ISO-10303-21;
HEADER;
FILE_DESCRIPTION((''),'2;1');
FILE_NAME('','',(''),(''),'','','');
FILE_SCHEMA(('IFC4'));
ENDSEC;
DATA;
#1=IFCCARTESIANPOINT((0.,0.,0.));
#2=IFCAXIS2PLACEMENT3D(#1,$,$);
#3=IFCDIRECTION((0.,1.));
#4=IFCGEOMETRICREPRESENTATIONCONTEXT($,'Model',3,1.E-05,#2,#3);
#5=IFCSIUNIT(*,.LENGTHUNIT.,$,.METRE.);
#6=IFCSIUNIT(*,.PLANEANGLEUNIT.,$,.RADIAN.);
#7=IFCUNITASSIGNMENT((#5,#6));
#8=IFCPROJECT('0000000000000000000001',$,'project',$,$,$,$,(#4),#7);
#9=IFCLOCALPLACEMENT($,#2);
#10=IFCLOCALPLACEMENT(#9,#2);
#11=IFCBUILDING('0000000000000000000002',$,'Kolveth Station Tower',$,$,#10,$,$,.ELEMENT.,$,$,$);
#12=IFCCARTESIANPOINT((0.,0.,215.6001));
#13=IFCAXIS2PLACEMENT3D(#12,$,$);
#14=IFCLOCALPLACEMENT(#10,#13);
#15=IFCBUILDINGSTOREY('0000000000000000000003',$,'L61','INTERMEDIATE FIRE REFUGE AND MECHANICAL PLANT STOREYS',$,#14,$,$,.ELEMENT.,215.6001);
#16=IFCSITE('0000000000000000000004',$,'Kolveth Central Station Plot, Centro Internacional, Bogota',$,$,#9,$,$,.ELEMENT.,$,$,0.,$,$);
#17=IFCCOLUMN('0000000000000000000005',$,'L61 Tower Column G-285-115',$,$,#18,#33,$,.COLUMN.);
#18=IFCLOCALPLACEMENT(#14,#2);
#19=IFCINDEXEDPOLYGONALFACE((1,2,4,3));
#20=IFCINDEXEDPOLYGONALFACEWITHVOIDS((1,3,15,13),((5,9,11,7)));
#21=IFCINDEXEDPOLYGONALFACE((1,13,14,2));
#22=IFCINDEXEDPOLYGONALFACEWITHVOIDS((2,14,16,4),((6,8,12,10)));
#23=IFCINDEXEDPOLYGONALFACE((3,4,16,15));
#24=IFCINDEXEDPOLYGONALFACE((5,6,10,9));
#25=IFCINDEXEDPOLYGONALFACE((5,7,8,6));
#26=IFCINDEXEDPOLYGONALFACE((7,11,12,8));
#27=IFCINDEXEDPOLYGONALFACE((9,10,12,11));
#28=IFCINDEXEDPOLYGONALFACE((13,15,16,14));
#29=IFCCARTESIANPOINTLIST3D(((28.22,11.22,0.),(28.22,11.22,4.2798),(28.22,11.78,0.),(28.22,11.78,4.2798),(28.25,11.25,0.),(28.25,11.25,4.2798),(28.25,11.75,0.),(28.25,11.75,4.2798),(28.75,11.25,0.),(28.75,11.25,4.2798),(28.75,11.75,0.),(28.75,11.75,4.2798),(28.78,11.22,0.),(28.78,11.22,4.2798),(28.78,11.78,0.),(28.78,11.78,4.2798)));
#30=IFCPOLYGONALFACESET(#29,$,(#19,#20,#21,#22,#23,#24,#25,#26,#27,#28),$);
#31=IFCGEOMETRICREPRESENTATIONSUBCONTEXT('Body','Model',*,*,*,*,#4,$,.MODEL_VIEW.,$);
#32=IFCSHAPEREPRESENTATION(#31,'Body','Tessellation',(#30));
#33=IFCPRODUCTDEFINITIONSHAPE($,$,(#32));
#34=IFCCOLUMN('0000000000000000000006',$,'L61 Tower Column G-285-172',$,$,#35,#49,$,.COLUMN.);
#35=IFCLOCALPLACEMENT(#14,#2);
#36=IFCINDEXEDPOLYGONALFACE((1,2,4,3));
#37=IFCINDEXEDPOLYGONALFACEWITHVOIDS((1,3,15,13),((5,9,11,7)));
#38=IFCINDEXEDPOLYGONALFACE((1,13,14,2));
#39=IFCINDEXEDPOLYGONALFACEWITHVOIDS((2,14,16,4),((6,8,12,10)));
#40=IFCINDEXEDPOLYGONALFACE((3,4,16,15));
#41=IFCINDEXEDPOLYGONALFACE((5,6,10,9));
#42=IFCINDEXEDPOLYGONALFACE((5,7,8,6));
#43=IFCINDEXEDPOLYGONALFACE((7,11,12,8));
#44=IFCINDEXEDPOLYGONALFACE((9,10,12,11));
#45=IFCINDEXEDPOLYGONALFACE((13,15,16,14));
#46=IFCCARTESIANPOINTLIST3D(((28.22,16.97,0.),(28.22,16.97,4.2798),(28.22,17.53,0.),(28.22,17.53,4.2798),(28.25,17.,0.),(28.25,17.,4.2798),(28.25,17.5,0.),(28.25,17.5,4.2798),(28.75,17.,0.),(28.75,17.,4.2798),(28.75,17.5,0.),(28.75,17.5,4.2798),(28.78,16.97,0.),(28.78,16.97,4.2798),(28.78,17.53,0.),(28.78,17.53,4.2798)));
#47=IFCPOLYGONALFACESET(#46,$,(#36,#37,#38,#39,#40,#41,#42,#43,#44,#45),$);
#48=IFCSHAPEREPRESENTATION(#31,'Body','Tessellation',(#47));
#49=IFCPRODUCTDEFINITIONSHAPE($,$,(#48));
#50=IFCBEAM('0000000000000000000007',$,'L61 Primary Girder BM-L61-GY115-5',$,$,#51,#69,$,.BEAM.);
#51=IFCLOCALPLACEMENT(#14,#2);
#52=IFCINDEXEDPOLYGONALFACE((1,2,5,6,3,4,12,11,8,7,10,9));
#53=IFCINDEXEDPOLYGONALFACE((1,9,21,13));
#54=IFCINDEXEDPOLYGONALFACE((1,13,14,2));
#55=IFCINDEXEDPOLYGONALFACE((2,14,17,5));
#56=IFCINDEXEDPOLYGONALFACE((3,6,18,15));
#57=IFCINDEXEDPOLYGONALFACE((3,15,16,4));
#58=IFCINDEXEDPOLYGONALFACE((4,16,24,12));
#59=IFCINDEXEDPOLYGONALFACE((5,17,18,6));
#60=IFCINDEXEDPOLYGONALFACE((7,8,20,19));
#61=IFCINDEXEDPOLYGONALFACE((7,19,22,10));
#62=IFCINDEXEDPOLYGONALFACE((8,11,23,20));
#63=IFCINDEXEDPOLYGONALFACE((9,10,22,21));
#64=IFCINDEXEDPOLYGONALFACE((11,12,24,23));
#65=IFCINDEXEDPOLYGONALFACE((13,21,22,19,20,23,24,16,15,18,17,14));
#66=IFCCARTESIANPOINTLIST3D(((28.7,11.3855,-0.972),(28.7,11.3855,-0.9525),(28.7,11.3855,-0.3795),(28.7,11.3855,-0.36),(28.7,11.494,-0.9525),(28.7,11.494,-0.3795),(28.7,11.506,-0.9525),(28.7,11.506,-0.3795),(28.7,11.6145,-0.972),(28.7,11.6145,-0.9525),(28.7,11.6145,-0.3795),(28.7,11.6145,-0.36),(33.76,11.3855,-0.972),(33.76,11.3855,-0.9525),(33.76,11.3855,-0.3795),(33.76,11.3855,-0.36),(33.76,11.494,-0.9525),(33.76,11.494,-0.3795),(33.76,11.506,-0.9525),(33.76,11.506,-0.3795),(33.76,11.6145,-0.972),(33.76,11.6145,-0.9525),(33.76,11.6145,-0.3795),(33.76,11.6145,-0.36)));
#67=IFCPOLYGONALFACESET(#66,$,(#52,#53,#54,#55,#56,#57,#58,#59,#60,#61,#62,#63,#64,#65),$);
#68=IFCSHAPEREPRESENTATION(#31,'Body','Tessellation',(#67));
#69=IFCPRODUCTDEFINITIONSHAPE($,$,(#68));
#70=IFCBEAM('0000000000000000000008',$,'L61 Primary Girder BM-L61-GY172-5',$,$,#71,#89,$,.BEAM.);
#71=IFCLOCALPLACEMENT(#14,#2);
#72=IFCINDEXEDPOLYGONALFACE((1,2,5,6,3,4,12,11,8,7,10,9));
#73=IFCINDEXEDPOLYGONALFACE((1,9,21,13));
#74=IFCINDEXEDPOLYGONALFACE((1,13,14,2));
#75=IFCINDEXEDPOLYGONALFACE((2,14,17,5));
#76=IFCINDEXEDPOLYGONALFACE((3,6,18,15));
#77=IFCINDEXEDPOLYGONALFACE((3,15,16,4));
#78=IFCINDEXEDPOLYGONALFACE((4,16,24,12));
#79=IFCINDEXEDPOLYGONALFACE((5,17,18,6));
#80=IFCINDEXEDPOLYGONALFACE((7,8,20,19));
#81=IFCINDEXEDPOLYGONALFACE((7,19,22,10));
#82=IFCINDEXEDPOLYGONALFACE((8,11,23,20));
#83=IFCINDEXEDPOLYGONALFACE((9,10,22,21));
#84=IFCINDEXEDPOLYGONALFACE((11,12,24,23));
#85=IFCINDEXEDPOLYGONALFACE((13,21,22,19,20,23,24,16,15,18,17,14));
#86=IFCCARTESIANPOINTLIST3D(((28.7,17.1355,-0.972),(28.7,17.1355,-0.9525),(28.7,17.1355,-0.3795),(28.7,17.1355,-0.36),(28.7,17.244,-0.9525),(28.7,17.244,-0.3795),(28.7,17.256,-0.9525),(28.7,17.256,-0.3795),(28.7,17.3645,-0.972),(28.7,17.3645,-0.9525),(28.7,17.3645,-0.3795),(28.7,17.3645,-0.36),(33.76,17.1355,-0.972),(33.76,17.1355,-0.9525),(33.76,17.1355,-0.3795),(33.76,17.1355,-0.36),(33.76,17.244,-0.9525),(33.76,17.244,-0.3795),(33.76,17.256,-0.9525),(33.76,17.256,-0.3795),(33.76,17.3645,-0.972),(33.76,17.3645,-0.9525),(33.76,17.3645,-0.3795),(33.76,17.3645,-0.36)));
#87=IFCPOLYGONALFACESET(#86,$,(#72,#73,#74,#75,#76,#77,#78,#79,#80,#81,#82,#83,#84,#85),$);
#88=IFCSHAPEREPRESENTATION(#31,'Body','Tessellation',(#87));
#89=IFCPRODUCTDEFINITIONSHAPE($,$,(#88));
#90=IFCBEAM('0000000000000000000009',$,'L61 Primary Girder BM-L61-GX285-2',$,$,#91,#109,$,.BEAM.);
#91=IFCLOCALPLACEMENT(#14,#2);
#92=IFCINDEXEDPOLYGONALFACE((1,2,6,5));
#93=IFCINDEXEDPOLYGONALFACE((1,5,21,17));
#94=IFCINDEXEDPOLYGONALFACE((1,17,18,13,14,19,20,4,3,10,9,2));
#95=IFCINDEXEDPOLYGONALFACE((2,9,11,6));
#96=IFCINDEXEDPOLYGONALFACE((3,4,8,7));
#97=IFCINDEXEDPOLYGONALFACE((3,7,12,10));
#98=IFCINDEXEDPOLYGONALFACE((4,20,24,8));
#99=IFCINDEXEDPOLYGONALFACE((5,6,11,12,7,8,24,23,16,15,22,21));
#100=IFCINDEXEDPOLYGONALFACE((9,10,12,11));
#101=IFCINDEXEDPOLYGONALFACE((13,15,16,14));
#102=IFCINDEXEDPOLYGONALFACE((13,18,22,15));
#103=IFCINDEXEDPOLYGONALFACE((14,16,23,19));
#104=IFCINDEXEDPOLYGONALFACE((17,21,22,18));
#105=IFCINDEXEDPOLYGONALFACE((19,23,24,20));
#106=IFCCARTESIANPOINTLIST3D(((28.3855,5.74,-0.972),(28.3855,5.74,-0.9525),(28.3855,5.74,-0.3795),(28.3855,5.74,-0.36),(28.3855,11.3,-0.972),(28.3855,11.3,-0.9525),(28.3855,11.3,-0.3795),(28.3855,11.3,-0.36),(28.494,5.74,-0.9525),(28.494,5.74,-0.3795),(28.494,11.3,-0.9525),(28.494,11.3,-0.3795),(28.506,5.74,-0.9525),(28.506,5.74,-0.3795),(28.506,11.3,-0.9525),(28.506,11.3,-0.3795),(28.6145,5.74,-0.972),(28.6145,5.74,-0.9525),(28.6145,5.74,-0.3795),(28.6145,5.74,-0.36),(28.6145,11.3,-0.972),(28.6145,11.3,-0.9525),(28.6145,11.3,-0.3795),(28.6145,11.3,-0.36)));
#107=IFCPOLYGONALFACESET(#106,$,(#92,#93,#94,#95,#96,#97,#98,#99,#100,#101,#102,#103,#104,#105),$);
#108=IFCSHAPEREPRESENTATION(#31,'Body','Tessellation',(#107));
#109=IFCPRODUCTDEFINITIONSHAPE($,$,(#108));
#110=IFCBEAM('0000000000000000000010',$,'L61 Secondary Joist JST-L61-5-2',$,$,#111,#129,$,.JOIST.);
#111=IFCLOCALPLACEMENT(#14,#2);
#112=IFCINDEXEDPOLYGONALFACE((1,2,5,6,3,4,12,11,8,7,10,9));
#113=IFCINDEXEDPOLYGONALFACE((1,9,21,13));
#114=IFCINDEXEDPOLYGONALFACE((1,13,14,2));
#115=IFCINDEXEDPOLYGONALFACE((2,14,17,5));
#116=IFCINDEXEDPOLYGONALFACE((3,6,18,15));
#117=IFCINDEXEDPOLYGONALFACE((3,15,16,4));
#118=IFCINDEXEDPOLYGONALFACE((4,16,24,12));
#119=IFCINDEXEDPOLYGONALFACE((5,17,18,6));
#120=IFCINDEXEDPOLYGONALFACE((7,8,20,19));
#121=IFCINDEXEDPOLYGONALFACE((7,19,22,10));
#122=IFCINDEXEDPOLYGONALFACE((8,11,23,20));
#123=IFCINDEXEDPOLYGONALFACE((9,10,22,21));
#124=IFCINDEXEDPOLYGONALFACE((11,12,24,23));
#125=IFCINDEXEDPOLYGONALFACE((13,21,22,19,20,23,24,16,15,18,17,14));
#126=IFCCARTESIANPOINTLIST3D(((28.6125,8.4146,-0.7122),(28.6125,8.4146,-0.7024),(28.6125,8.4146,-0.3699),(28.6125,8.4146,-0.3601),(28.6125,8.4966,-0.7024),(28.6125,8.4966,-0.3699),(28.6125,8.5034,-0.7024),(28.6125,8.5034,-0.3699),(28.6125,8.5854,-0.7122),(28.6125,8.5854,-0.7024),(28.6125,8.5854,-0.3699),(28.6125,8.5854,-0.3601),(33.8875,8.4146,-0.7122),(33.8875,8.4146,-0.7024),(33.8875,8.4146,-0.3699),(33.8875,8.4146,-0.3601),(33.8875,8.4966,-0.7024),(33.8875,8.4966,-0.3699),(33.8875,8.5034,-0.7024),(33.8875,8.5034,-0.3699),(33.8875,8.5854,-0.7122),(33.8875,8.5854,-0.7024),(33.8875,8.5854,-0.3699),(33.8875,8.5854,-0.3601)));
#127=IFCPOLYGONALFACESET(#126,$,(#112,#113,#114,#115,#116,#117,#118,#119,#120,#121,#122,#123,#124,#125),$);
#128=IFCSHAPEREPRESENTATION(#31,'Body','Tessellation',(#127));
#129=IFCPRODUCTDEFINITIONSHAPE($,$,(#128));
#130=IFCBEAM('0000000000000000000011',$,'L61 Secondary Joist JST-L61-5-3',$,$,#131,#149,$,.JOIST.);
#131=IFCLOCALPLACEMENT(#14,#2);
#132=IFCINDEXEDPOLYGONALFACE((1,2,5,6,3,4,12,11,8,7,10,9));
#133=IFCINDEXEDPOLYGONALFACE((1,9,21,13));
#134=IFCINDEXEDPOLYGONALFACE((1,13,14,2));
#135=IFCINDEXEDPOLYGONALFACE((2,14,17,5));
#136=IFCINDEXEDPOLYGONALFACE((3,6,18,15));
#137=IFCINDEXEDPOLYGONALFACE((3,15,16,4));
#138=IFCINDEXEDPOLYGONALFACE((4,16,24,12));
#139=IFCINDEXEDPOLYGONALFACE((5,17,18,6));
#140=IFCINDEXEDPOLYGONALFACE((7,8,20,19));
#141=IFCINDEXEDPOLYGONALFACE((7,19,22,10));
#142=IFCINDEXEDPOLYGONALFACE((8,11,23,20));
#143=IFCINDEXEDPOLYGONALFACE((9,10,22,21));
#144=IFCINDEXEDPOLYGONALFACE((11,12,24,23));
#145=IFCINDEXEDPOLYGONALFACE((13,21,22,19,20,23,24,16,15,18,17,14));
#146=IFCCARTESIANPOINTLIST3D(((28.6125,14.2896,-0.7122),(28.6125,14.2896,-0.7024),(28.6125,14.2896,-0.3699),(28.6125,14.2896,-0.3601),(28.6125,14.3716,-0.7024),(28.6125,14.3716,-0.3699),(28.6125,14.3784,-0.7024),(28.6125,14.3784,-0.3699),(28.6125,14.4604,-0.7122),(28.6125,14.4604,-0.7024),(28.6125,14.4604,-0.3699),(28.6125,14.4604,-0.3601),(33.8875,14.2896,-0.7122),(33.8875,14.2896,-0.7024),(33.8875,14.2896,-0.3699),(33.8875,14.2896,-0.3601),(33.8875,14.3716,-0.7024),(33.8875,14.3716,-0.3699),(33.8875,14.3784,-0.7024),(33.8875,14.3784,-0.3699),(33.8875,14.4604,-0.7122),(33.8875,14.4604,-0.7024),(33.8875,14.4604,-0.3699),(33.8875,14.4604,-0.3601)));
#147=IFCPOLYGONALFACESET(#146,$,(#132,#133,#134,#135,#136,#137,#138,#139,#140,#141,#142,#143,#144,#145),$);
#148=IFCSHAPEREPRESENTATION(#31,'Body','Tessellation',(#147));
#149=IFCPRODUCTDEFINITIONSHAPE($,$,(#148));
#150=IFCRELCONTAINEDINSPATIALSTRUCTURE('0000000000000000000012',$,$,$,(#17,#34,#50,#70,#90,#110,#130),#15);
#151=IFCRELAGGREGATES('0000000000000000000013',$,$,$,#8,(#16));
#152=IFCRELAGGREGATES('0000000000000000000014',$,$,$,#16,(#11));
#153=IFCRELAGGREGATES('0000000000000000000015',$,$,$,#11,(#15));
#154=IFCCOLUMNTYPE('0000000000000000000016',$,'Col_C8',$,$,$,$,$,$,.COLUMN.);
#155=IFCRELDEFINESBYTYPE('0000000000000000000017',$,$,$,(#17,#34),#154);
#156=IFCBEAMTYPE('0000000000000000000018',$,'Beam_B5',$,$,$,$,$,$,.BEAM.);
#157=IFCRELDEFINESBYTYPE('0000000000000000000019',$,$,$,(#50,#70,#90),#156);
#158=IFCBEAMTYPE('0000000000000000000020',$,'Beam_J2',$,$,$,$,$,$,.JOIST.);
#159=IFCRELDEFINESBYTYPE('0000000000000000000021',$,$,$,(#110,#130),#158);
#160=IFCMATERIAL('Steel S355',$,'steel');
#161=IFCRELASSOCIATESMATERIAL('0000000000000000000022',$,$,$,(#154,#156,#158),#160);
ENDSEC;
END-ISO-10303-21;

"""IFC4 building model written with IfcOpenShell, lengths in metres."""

from ifc_helpers import new_model, si_unit, direction, frame, origin, origin_2d, place, context, subcontext, project, spatial, hollow_rectangle, i_section, extrude, source, transform, mapped, material, material_profile, profile_set, type_object, element, save


model = new_model("IFC4")

# Units and contexts
model_context = context("Model", 3, precision=1e-05, world=origin(), true_north=direction((0.0, 1.0)))
body_context = subcontext(model_context, "Body", "Model", "MODEL_VIEW")
ifc_project = project(units=[si_unit("LENGTHUNIT", "METRE"), si_unit("PLANEANGLEUNIT", "RADIAN")], contexts=[model_context])

# Site, building, storey
site_placement = place(None, origin())
site = spatial("IfcSite", under=ifc_project, at=site_placement, Name="Kolveth Central Station Plot, Centro Internacional, Bogota", CompositionType="ELEMENT", RefElevation=0.0)
building_placement = place(site_placement, origin())
building = spatial("IfcBuilding", under=site, at=building_placement, Name="Kolveth Station Tower", CompositionType="ELEMENT")
storey_placement = place(building_placement, frame((0.0, 0.0, 215.6001)))
storey = spatial("IfcBuildingStorey", under=building, at=storey_placement, Name="L61", Description="INTERMEDIATE FIRE REFUGE AND MECHANICAL PLANT STOREYS", CompositionType="ELEMENT", Elevation=215.6001)

# Columns
ifc_material_1 = material(Name="Steel S355", Category="steel")
ifc_material_profile_1 = material_profile(ifc_material_1, hollow_rectangle(XDim=0.5601, YDim=0.5601, WallThickness=0.03, at=origin_2d()), Name="BOX560x560x30")
ifc_profile_set_1 = profile_set([ifc_material_profile_1], Name="Steel S355")
column_type = type_object("IfcColumnType", Name="Col_C8", PredefinedType="COLUMN", material=ifc_profile_set_1)
shared_shape_1 = source(origin(), body_context, "Body", "SweptSolid", [
    extrude(hollow_rectangle(XDim=0.5601, YDim=0.5601, WallThickness=0.03, at=origin_2d()), origin(), (0.0, 0.0, 1.0), 4.2798),
])
for number, where, z_axis, x_axis, name in (
    (1, (28.5, 11.5, 0.0), (0.0, 0.0, 1.0), (1.0, 0.0, 0.0), "L61 Tower Column G-285-115"),
    (2, (28.5, 17.25, 0.0), (0.0, 0.0, 1.0), (1.0, 0.0, 0.0), "L61 Tower Column G-285-172"),
):
    element("IfcColumn", number, at=place(storey_placement, frame(where, z_axis=z_axis, x_axis=x_axis)), inside=storey, type_object=column_type, Name=name, PredefinedType="COLUMN", context=body_context, shape_type="MappedRepresentation", body=[
        mapped(shared_shape_1, transform((0.0, 0.0, 0.0), x_axis=(1.0, 0.0, 0.0), y_axis=(0.0, 1.0, 0.0), z_axis=(0.0, 0.0, 1.0), scale=1.0)),
    ])

# Beams
ifc_material_profile_2 = material_profile(ifc_material_1, i_section(OverallWidth=0.229, OverallDepth=0.6121, WebThickness=0.012, FlangeThickness=0.0195, at=origin_2d()), Name="W610x125")
ifc_profile_set_2 = profile_set([ifc_material_profile_2], Name="Steel S355")
beam_type_1 = type_object("IfcBeamType", Name="Beam_B5", PredefinedType="BEAM", material=ifc_profile_set_2)
shared_shape_2 = source(origin(), body_context, "Body", "SweptSolid", [
    extrude(i_section(OverallWidth=0.229, OverallDepth=0.6121, WebThickness=0.012, FlangeThickness=0.0195, at=origin_2d()), origin(), (0.0, 0.0, 1.0), 5.0601),
])
for number, where, z_axis, x_axis, name in (
    (3, (28.7, 11.5, -0.666), (1.0, 0.0, 0.0), (0.0, 1.0, 0.0), "L61 Primary Girder BM-L61-GY115-5"),
    (4, (28.7, 17.25, -0.666), (1.0, 0.0, 0.0), (0.0, 1.0, 0.0), "L61 Primary Girder BM-L61-GY172-5"),
):
    element("IfcBeam", number, at=place(storey_placement, frame(where, z_axis=z_axis, x_axis=x_axis)), inside=storey, type_object=beam_type_1, Name=name, PredefinedType="BEAM", context=body_context, shape_type="MappedRepresentation", body=[
        mapped(shared_shape_2, transform((0.0, 0.0, 0.0), x_axis=(1.0, 0.0, 0.0), y_axis=(0.0, 1.0, 0.0), z_axis=(0.0, 0.0, 1.0), scale=1.0)),
    ])
shared_shape_3 = source(origin(), body_context, "Body", "SweptSolid", [
    extrude(i_section(OverallWidth=0.229, OverallDepth=0.6121, WebThickness=0.012, FlangeThickness=0.0195, at=origin_2d()), origin(), (0.0, 0.0, 1.0), 5.5601),
])
beam_placement = place(storey_placement, frame((28.5, 5.74, -0.666), z_axis=(0.0, 1.0, 0.0), x_axis=(-1.0, 0.0, 0.0)))
element("IfcBeam", 5, at=beam_placement, inside=storey, type_object=beam_type_1, Name="L61 Primary Girder BM-L61-GX285-2", PredefinedType="BEAM", context=body_context, shape_type="MappedRepresentation", body=[
    mapped(shared_shape_3, transform((0.0, 0.0, 0.0), x_axis=(1.0, 0.0, 0.0), y_axis=(0.0, 1.0, 0.0), z_axis=(0.0, 0.0, 1.0), scale=1.0)),
])
ifc_material_profile_3 = material_profile(ifc_material_1, i_section(OverallWidth=0.1709, OverallDepth=0.3521, WebThickness=0.0068, FlangeThickness=0.0098, at=origin_2d()), Name="W360x44")
ifc_profile_set_3 = profile_set([ifc_material_profile_3], Name="Steel S355")
beam_type_2 = type_object("IfcBeamType", Name="Beam_J2", PredefinedType="JOIST", material=ifc_profile_set_3)
shared_shape_4 = source(origin(), body_context, "Body", "SweptSolid", [
    extrude(i_section(OverallWidth=0.1709, OverallDepth=0.3521, WebThickness=0.0068, FlangeThickness=0.0098, at=origin_2d()), origin(), (0.0, 0.0, 1.0), 5.2749),
])
for number, where, z_axis, x_axis, name in (
    (6, (28.6125, 8.5, -0.5361), (1.0, 0.0, 0.0), (0.0, 1.0, 0.0), "L61 Secondary Joist JST-L61-5-2"),
    (7, (28.6125, 14.375, -0.5361), (1.0, 0.0, 0.0), (0.0, 1.0, 0.0), "L61 Secondary Joist JST-L61-5-3"),
):
    element("IfcBeam", number, at=place(storey_placement, frame(where, z_axis=z_axis, x_axis=x_axis)), inside=storey, type_object=beam_type_2, Name=name, PredefinedType="JOIST", context=body_context, shape_type="MappedRepresentation", body=[
        mapped(shared_shape_4, transform((0.0, 0.0, 0.0), x_axis=(1.0, 0.0, 0.0), y_axis=(0.0, 1.0, 0.0), z_axis=(0.0, 0.0, 1.0), scale=1.0)),
    ])

save(model, "model.ifc")
